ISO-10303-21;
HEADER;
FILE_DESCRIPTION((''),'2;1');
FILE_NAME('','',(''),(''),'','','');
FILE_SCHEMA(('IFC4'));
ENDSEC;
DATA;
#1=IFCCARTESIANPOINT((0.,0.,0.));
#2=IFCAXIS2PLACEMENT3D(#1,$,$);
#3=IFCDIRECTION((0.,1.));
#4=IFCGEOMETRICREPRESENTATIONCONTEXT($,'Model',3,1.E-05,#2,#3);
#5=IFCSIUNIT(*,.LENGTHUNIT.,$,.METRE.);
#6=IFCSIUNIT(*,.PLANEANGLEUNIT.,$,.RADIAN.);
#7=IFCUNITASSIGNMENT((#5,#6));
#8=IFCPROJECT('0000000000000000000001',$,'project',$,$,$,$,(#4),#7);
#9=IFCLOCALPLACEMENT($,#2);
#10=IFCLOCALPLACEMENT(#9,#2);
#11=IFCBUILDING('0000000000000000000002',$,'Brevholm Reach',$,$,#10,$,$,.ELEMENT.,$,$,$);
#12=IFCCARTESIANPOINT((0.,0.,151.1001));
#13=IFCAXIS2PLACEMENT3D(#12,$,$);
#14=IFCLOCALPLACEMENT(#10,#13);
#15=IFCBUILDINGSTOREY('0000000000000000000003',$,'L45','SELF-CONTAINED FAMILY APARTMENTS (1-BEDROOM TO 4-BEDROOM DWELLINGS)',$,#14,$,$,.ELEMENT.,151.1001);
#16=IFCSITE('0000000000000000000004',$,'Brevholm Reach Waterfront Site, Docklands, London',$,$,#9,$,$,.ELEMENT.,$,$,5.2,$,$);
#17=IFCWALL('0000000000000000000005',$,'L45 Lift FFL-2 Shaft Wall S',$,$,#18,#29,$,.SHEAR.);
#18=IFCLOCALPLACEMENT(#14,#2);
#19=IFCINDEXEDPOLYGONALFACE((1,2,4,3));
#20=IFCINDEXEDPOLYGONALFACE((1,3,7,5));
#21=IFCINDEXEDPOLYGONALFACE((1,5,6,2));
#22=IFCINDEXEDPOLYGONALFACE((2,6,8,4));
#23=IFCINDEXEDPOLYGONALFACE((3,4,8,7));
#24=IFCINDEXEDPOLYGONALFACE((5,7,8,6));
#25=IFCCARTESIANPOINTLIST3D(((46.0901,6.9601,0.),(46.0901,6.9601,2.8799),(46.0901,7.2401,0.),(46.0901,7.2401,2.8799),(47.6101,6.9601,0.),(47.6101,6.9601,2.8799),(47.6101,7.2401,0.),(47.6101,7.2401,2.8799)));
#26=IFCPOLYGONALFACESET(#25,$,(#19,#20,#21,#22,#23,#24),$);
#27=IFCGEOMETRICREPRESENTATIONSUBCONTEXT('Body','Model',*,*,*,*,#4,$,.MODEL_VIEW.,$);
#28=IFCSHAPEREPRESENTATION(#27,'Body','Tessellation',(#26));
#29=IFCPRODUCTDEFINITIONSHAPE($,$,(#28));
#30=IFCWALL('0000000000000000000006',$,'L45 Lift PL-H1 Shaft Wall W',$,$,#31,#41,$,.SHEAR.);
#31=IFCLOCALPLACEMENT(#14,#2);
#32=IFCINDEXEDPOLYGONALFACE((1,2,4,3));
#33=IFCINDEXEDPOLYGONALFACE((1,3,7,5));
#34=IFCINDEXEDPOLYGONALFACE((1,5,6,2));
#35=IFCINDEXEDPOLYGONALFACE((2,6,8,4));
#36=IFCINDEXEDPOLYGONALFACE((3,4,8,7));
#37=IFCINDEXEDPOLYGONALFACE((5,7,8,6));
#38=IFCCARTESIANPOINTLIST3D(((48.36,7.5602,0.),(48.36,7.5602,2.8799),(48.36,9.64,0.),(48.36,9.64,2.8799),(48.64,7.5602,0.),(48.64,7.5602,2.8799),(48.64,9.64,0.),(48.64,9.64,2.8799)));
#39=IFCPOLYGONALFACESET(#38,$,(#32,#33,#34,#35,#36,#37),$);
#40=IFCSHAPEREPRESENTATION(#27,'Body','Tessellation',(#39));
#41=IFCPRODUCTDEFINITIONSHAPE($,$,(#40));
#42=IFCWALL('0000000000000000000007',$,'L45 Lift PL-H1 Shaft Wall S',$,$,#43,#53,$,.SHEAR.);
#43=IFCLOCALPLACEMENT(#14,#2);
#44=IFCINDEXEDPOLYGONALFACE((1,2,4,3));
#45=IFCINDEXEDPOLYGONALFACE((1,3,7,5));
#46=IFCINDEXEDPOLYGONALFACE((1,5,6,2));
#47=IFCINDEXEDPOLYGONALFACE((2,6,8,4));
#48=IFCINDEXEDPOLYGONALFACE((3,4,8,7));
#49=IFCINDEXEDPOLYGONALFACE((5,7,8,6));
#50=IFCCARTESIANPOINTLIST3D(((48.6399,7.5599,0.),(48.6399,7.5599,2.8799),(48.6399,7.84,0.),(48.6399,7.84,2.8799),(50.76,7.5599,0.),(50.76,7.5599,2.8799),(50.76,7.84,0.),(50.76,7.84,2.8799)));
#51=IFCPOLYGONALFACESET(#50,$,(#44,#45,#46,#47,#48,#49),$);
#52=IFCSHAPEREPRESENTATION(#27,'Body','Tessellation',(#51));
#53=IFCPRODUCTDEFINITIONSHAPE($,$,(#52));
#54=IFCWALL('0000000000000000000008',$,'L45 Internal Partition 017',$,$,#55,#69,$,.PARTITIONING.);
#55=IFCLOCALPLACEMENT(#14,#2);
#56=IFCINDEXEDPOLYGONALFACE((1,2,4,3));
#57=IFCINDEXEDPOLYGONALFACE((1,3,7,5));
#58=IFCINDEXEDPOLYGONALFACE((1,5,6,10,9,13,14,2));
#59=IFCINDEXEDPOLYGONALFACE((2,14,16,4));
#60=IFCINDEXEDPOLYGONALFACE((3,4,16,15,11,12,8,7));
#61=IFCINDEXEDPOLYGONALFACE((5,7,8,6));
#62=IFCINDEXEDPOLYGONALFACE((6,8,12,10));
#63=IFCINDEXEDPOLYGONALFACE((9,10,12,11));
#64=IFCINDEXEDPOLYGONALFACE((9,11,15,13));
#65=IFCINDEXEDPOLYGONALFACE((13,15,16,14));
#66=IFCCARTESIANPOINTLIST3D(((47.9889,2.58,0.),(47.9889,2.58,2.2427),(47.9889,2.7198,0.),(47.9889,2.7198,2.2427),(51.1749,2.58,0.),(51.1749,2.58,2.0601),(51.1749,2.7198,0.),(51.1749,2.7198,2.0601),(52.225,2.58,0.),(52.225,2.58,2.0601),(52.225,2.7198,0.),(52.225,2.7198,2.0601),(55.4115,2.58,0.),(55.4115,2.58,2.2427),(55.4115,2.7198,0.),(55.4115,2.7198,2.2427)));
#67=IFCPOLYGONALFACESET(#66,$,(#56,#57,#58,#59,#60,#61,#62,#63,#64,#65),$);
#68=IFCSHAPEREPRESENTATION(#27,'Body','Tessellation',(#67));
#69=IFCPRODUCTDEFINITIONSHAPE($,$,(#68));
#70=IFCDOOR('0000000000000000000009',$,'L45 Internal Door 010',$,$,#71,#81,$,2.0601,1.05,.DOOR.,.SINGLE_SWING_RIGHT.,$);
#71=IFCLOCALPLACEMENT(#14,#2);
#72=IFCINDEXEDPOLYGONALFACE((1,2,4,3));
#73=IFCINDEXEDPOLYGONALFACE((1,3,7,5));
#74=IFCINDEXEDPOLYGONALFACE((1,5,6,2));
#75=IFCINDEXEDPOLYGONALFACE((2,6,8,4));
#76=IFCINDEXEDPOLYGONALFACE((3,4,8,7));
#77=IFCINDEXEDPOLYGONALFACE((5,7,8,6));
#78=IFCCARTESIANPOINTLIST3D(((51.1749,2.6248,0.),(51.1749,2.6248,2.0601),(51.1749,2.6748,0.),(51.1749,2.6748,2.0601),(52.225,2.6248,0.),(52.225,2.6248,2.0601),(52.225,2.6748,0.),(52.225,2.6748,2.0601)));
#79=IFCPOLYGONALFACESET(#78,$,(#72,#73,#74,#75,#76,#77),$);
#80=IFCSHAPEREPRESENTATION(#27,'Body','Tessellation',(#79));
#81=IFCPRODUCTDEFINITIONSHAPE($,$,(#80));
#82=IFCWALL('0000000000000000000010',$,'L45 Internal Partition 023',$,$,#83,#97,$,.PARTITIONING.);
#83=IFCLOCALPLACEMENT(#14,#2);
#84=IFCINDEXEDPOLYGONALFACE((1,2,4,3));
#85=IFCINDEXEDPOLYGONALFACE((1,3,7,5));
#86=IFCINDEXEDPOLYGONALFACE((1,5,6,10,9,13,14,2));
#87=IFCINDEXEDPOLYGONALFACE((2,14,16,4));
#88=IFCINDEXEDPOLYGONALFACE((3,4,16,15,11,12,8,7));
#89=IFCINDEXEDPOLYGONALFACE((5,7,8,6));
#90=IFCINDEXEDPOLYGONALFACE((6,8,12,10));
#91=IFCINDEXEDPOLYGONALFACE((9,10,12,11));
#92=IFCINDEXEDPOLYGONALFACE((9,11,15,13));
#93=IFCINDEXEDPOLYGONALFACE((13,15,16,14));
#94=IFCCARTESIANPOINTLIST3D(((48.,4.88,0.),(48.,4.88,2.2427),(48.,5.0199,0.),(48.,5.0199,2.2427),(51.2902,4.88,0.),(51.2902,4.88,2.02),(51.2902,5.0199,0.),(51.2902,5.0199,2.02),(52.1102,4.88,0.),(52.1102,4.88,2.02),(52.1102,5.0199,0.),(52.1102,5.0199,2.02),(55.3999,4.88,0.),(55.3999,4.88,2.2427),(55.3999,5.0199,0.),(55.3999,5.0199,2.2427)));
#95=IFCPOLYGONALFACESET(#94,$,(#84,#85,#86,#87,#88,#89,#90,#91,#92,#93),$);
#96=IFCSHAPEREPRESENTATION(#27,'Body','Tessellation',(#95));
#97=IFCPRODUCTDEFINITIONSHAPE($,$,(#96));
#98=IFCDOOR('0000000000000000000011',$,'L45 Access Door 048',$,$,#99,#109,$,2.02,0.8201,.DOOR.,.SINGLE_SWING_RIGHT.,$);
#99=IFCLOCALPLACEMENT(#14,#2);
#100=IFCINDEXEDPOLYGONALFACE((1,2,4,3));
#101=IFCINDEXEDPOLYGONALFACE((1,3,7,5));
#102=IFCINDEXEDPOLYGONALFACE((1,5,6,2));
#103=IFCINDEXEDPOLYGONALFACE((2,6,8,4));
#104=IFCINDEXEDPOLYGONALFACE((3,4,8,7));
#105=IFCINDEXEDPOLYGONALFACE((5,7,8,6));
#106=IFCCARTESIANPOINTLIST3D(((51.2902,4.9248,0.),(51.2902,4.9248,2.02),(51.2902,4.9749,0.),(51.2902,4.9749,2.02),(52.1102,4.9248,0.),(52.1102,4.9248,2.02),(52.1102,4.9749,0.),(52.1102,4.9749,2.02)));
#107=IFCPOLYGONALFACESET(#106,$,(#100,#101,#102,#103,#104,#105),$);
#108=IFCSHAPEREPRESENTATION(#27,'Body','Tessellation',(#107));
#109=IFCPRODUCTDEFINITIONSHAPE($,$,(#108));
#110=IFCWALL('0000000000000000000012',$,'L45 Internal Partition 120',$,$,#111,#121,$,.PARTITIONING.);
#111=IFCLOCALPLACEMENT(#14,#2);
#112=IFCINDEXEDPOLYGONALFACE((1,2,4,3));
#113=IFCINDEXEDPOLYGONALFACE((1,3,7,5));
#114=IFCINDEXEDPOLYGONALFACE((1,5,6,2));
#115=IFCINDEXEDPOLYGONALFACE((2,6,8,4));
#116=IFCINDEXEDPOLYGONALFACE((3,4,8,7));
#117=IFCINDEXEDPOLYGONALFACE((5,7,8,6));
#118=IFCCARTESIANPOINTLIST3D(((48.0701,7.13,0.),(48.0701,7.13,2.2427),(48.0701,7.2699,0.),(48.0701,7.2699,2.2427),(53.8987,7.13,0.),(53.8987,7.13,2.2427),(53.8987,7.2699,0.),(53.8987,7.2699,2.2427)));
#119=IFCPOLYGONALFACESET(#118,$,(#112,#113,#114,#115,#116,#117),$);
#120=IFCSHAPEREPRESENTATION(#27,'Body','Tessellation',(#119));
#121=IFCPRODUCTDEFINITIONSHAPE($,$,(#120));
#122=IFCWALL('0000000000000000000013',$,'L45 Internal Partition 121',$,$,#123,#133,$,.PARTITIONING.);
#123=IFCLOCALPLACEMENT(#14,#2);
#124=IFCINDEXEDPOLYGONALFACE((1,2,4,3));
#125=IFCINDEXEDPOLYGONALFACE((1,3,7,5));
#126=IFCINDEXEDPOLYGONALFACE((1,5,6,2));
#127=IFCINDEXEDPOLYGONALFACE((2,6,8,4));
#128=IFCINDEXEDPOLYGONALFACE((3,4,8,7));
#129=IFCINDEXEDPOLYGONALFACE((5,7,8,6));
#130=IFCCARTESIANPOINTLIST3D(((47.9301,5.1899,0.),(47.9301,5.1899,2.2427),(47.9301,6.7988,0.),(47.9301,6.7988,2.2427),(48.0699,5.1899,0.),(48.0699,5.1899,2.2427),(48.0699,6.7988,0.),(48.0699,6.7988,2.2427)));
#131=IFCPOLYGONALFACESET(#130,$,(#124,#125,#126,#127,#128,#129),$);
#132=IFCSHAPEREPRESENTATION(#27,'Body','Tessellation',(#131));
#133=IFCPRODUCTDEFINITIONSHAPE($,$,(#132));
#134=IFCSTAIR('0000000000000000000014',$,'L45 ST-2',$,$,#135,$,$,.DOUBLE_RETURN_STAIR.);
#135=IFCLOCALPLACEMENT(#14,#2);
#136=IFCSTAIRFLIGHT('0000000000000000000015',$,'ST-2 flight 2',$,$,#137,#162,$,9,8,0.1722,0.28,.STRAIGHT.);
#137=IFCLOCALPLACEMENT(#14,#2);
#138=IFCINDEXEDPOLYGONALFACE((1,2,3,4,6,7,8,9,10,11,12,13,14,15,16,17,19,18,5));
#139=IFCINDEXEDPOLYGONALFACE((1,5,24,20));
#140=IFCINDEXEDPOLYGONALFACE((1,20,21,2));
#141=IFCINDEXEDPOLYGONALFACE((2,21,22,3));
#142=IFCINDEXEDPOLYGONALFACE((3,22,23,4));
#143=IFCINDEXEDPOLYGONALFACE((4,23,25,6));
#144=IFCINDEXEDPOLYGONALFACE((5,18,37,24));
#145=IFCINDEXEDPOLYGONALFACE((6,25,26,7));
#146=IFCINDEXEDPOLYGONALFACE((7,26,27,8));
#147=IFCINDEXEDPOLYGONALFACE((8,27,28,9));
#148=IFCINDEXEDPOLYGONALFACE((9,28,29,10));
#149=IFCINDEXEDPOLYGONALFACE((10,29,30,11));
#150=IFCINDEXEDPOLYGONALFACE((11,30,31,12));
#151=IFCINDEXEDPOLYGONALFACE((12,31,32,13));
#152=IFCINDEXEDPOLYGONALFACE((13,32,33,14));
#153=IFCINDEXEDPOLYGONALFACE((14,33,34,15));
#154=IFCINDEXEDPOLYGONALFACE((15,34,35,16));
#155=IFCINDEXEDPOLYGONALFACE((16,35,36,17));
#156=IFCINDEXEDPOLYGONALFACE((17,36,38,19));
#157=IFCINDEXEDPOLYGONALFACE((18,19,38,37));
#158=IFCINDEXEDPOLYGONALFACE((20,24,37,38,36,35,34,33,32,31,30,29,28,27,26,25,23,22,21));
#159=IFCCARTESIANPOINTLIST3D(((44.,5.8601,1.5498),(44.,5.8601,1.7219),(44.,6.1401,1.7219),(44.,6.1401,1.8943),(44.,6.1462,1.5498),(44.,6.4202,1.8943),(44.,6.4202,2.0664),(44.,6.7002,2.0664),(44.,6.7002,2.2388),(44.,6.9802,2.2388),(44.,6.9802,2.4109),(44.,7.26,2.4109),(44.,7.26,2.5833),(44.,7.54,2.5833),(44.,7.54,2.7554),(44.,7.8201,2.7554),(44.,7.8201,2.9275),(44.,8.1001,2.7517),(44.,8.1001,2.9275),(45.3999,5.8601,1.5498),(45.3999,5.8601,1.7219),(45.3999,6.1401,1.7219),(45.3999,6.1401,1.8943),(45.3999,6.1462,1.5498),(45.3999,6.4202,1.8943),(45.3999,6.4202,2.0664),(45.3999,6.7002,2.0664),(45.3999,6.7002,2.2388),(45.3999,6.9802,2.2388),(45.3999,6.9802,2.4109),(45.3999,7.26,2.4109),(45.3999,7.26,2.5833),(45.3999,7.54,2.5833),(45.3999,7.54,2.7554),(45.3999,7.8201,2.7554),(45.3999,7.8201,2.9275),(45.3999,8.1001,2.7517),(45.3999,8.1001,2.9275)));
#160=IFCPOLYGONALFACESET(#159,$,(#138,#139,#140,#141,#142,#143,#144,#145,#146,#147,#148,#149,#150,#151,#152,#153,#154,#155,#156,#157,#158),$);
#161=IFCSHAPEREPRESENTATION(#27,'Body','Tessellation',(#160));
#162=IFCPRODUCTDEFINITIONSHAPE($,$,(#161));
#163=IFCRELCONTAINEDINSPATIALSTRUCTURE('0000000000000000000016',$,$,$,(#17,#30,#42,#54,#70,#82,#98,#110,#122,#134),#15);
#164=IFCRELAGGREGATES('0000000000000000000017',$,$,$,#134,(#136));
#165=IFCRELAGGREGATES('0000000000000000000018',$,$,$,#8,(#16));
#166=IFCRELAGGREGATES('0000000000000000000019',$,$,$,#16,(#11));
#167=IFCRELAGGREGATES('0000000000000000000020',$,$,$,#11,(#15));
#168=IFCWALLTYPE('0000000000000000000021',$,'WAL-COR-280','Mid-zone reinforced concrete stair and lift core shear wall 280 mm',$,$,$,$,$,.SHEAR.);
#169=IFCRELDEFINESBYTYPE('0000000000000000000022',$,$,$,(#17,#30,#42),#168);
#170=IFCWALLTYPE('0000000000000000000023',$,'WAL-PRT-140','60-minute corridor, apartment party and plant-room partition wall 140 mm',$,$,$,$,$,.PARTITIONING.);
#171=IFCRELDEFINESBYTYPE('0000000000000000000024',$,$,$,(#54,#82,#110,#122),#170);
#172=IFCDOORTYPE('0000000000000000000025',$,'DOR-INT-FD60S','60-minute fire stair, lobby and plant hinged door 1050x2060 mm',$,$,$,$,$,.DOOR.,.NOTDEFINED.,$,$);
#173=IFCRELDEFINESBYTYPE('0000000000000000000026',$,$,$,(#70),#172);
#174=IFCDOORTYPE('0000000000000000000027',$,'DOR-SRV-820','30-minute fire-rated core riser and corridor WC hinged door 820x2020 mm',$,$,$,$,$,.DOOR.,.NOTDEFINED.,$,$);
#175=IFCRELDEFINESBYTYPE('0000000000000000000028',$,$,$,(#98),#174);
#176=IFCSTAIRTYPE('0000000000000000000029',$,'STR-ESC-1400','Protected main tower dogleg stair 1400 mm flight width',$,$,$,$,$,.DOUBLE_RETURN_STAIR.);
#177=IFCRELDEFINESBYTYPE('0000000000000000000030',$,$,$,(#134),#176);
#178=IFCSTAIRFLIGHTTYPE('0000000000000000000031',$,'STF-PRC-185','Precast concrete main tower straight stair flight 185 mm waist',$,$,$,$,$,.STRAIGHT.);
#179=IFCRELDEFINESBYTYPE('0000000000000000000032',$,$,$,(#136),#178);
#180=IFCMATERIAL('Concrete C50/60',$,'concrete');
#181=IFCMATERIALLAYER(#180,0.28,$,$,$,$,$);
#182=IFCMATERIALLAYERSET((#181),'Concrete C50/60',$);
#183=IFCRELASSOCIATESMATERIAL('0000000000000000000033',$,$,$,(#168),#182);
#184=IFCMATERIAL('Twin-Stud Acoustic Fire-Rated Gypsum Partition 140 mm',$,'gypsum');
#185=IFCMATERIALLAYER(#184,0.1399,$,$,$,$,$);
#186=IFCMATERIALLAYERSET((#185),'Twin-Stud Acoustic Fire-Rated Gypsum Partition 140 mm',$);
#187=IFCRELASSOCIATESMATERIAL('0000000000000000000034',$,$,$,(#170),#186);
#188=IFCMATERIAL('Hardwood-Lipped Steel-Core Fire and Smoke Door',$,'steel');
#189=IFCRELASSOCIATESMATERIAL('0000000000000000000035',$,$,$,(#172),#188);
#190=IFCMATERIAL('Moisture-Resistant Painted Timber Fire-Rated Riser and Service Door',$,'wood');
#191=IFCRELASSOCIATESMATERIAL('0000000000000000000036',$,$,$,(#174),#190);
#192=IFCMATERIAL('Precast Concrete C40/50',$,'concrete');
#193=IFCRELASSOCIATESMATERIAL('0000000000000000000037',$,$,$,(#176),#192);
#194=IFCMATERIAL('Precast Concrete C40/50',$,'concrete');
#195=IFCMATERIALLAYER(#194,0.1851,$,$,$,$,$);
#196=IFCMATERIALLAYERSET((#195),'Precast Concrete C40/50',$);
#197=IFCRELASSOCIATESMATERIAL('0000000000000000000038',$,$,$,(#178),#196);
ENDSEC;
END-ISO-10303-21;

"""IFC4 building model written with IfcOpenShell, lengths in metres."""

from ifc_helpers import new_model, si_unit, direction, frame, frame_2d, origin, place, context, subcontext, project, spatial, polyline, rectangle, outline, extrude, material, layer, layer_set, type_object, element, fill, aggregate, save


model = new_model("IFC4")

# Units and contexts
model_context = context("Model", 3, precision=1e-05, world=origin(), true_north=direction((0.0, 1.0)))
body_context = subcontext(model_context, "Body", "Model", "MODEL_VIEW")
ifc_project = project(units=[si_unit("LENGTHUNIT", "METRE"), si_unit("PLANEANGLEUNIT", "RADIAN")], contexts=[model_context])

# Site, building, storey
site_placement = place(None, origin())
site = spatial("IfcSite", under=ifc_project, at=site_placement, Name="Brevholm Reach Waterfront Site, Docklands, London", CompositionType="ELEMENT", RefElevation=5.2)
building_placement = place(site_placement, origin())
building = spatial("IfcBuilding", under=site, at=building_placement, Name="Brevholm Reach", CompositionType="ELEMENT")
storey_placement = place(building_placement, frame((0.0, 0.0, 151.1001)))
storey = spatial("IfcBuildingStorey", under=building, at=storey_placement, Name="L45", Description="SELF-CONTAINED FAMILY APARTMENTS (1-BEDROOM TO 4-BEDROOM DWELLINGS)", CompositionType="ELEMENT", Elevation=151.1001)

# Walls
ifc_material_1 = material(Name="Concrete C50/60", Category="concrete")
ifc_layer_1 = layer(ifc_material_1, 0.28)
ifc_layer_set_1 = layer_set([ifc_layer_1], Name="Concrete C50/60")
wall_type_1 = type_object("IfcWallType", Name="WAL-COR-280", Description="Mid-zone reinforced concrete stair and lift core shear wall 280 mm", PredefinedType="SHEAR", material=ifc_layer_set_1)
wall_1_placement = place(storey_placement, frame((46.0901, 7.1001, 0.0), z_axis=(0.0, 0.0, 1.0), x_axis=(1.0, 0.0, 0.0)))
element("IfcWall", 1, at=wall_1_placement, inside=storey, type_object=wall_type_1, Name="L45 Lift FFL-2 Shaft Wall S", PredefinedType="SHEAR", context=body_context, shape_type="SweptSolid", body=[
    extrude(rectangle(XDim=1.52, YDim=0.28, at=frame_2d((0.76, 0.0))), origin(), (0.0, 0.0, 1.0), 2.8799),
])
wall_2_placement = place(storey_placement, frame((48.5, 7.5601, 0.0), z_axis=(0.0, 0.0, 1.0), x_axis=(0.0, 1.0, 0.0)))
element("IfcWall", 2, at=wall_2_placement, inside=storey, type_object=wall_type_1, Name="L45 Lift PL-H1 Shaft Wall W", PredefinedType="SHEAR", context=body_context, shape_type="SweptSolid", body=[
    extrude(rectangle(XDim=2.0798, YDim=0.28, at=frame_2d((1.04, 0.0))), origin(), (0.0, 0.0, 1.0), 2.8799),
])
wall_3_placement = place(storey_placement, frame((48.6399, 7.7, 0.0), z_axis=(0.0, 0.0, 1.0), x_axis=(1.0, 0.0, 0.0)))
element("IfcWall", 3, at=wall_3_placement, inside=storey, type_object=wall_type_1, Name="L45 Lift PL-H1 Shaft Wall S", PredefinedType="SHEAR", context=body_context, shape_type="SweptSolid", body=[
    extrude(rectangle(XDim=2.1201, YDim=0.28, at=frame_2d((1.0601, 0.0))), origin(), (0.0, 0.0, 1.0), 2.8799),
])

# Walls, openings, doors
ifc_material_2 = material(Name="Twin-Stud Acoustic Fire-Rated Gypsum Partition 140 mm", Category="gypsum")
ifc_layer_2 = layer(ifc_material_2, 0.1399)
ifc_layer_set_2 = layer_set([ifc_layer_2], Name="Twin-Stud Acoustic Fire-Rated Gypsum Partition 140 mm")
wall_type_2 = type_object("IfcWallType", Name="WAL-PRT-140", Description="60-minute corridor, apartment party and plant-room partition wall 140 mm", PredefinedType="PARTITIONING", material=ifc_layer_set_2)
wall_4_placement = place(storey_placement, frame((47.9888, 2.6499, 0.0), z_axis=(0.0, 0.0, 1.0), x_axis=(1.0, 0.0, 0.0)))
wall_4 = element("IfcWall", 4, at=wall_4_placement, inside=storey, type_object=wall_type_2, Name="L45 Internal Partition 017", PredefinedType="PARTITIONING", context=body_context, shape_type="SweptSolid", body=[
    extrude(rectangle(XDim=7.4226, YDim=0.1399, at=frame_2d((3.7114, 0.0))), origin(), (0.0, 0.0, 1.0), 2.2427),
])
opening_1_placement = place(wall_4_placement, frame((3.1863, 0.0, 0.0)))
opening_1 = element("IfcOpeningElement", 5, at=opening_1_placement, cuts=wall_4, PredefinedType="OPENING", context=body_context, shape_type="SweptSolid", body=[
    extrude(rectangle(XDim=1.05, YDim=2.0601, at=frame_2d((0.5249, 1.03))), frame((0.0, 0.0798, 0.0), z_axis=(0.0, -1.0, 0.0), x_axis=(1.0, 0.0, 0.0)), (0.0, 0.0, 1.0), 0.1599),
])
ifc_material_3 = material(Name="Hardwood-Lipped Steel-Core Fire and Smoke Door", Category="steel")
door_type_1 = type_object("IfcDoorType", Name="DOR-INT-FD60S", Description="60-minute fire stair, lobby and plant hinged door 1050x2060 mm", OperationType="NOTDEFINED", PredefinedType="DOOR", material=ifc_material_3)
door_1_placement = place(opening_1_placement, origin())
door_1 = element("IfcDoor", 6, at=door_1_placement, inside=storey, type_object=door_type_1, Name="L45 Internal Door 010", OperationType="SINGLE_SWING_RIGHT", OverallHeight=2.0601, OverallWidth=1.05, PredefinedType="DOOR", context=body_context, shape_type="SweptSolid", body=[
    extrude(rectangle(XDim=1.05, YDim=2.0601, at=frame_2d((0.5249, 1.03))), frame((0.0, 0.0249, 0.0), z_axis=(0.0, -1.0, 0.0), x_axis=(1.0, 0.0, 0.0)), (0.0, 0.0, 1.0), 0.05),
])
fill(opening_1, door_1)
wall_5_placement = place(storey_placement, frame((48.0, 4.95, 0.0), z_axis=(0.0, 0.0, 1.0), x_axis=(1.0, 0.0, 0.0)))
wall_5 = element("IfcWall", 7, at=wall_5_placement, inside=storey, type_object=wall_type_2, Name="L45 Internal Partition 023", PredefinedType="PARTITIONING", context=body_context, shape_type="SweptSolid", body=[
    extrude(rectangle(XDim=7.3999, YDim=0.1399, at=frame_2d((3.7, 0.0))), origin(), (0.0, 0.0, 1.0), 2.2427),
])
opening_2_placement = place(wall_5_placement, frame((3.29, 0.0, 0.0)))
opening_2 = element("IfcOpeningElement", 8, at=opening_2_placement, cuts=wall_5, PredefinedType="OPENING", context=body_context, shape_type="SweptSolid", body=[
    extrude(rectangle(XDim=0.8201, YDim=2.02, at=frame_2d((0.4102, 1.01))), frame((0.0, 0.0798, 0.0), z_axis=(0.0, -1.0, 0.0), x_axis=(1.0, 0.0, 0.0)), (0.0, 0.0, 1.0), 0.1599),
])
ifc_material_4 = material(Name="Moisture-Resistant Painted Timber Fire-Rated Riser and Service Door", Category="wood")
door_type_2 = type_object("IfcDoorType", Name="DOR-SRV-820", Description="30-minute fire-rated core riser and corridor WC hinged door 820x2020 mm", OperationType="NOTDEFINED", PredefinedType="DOOR", material=ifc_material_4)
door_2_placement = place(opening_2_placement, origin())
door_2 = element("IfcDoor", 9, at=door_2_placement, inside=storey, type_object=door_type_2, Name="L45 Access Door 048", OperationType="SINGLE_SWING_RIGHT", OverallHeight=2.02, OverallWidth=0.8201, PredefinedType="DOOR", context=body_context, shape_type="SweptSolid", body=[
    extrude(rectangle(XDim=0.8201, YDim=2.02, at=frame_2d((0.4102, 1.01))), frame((0.0, 0.0249, 0.0), z_axis=(0.0, -1.0, 0.0), x_axis=(1.0, 0.0, 0.0)), (0.0, 0.0, 1.0), 0.05),
])
fill(opening_2, door_2)

# Walls
wall_6_placement = place(storey_placement, frame((48.0701, 7.2, 0.0), z_axis=(0.0, 0.0, 1.0), x_axis=(1.0, 0.0, 0.0)))
element("IfcWall", 10, at=wall_6_placement, inside=storey, type_object=wall_type_2, Name="L45 Internal Partition 120", PredefinedType="PARTITIONING", context=body_context, shape_type="SweptSolid", body=[
    extrude(rectangle(XDim=5.8286, YDim=0.1399, at=frame_2d((2.9143, 0.0))), origin(), (0.0, 0.0, 1.0), 2.2427),
])
wall_7_placement = place(storey_placement, frame((48.0, 5.1899, 0.0), z_axis=(0.0, 0.0, 1.0), x_axis=(0.0, 1.0, 0.0)))
element("IfcWall", 11, at=wall_7_placement, inside=storey, type_object=wall_type_2, Name="L45 Internal Partition 121", PredefinedType="PARTITIONING", context=body_context, shape_type="SweptSolid", body=[
    extrude(rectangle(XDim=1.6089, YDim=0.1399, at=frame_2d((0.8044, 0.0))), origin(), (0.0, 0.0, 1.0), 2.2427),
])

# Stair, stair flight
ifc_material_5 = material(Name="Precast Concrete C40/50", Category="concrete")
stair_type = type_object("IfcStairType", Name="STR-ESC-1400", Description="Protected main tower dogleg stair 1400 mm flight width", PredefinedType="DOUBLE_RETURN_STAIR", material=ifc_material_5)
stair_placement = place(storey_placement, origin())
stair = element("IfcStair", 12, at=stair_placement, inside=storey, type_object=stair_type, Name="L45 ST-2", PredefinedType="DOUBLE_RETURN_STAIR")
ifc_material_6 = material(Name="Precast Concrete C40/50", Category="concrete")
ifc_layer_3 = layer(ifc_material_6, 0.1851)
ifc_layer_set_3 = layer_set([ifc_layer_3], Name="Precast Concrete C40/50")
stair_flight_type = type_object("IfcStairFlightType", Name="STF-PRC-185", Description="Precast concrete main tower straight stair flight 185 mm waist", PredefinedType="STRAIGHT", material=ifc_layer_set_3)
stair_flight_placement = place(storey_placement, frame((44.7, 5.8601, 1.5498), z_axis=(0.0, 0.0, 1.0), x_axis=(0.0, 1.0, 0.0)))
stair_flight = element("IfcStairFlight", 13, at=stair_flight_placement, type_object=stair_flight_type, Name="ST-2 flight 2", NumberOfRisers=9, NumberOfTreads=8, PredefinedType="STRAIGHT", RiserHeight=0.1722, TreadLength=0.28, context=body_context, shape_type="SweptSolid", body=[
    extrude(outline(polyline([(0.0, 0.0), (0.0, 0.1721), (0.28, 0.1721), (0.28, 0.3445), (0.5601, 0.3445), (0.5601, 0.5166), (0.8401, 0.5166), (0.8401, 0.689), (1.1201, 0.689), (1.1201, 0.8611), (1.3999, 0.8611), (1.3999, 1.0334), (1.6799, 1.0334), (1.6799, 1.2056), (1.96, 1.2056), (1.96, 1.3777), (2.24, 1.3777), (2.24, 1.55), (2.24, 1.2019), (0.2861, 0.0), (0.0, 0.0)])), frame((0.0, 0.7, 0.0), z_axis=(0.0, -1.0, 0.0), x_axis=(1.0, 0.0, 0.0)), (0.0, 0.0, 1.0), 1.3999),
])
aggregate(stair, [stair_flight])

save(model, "model.ifc")
